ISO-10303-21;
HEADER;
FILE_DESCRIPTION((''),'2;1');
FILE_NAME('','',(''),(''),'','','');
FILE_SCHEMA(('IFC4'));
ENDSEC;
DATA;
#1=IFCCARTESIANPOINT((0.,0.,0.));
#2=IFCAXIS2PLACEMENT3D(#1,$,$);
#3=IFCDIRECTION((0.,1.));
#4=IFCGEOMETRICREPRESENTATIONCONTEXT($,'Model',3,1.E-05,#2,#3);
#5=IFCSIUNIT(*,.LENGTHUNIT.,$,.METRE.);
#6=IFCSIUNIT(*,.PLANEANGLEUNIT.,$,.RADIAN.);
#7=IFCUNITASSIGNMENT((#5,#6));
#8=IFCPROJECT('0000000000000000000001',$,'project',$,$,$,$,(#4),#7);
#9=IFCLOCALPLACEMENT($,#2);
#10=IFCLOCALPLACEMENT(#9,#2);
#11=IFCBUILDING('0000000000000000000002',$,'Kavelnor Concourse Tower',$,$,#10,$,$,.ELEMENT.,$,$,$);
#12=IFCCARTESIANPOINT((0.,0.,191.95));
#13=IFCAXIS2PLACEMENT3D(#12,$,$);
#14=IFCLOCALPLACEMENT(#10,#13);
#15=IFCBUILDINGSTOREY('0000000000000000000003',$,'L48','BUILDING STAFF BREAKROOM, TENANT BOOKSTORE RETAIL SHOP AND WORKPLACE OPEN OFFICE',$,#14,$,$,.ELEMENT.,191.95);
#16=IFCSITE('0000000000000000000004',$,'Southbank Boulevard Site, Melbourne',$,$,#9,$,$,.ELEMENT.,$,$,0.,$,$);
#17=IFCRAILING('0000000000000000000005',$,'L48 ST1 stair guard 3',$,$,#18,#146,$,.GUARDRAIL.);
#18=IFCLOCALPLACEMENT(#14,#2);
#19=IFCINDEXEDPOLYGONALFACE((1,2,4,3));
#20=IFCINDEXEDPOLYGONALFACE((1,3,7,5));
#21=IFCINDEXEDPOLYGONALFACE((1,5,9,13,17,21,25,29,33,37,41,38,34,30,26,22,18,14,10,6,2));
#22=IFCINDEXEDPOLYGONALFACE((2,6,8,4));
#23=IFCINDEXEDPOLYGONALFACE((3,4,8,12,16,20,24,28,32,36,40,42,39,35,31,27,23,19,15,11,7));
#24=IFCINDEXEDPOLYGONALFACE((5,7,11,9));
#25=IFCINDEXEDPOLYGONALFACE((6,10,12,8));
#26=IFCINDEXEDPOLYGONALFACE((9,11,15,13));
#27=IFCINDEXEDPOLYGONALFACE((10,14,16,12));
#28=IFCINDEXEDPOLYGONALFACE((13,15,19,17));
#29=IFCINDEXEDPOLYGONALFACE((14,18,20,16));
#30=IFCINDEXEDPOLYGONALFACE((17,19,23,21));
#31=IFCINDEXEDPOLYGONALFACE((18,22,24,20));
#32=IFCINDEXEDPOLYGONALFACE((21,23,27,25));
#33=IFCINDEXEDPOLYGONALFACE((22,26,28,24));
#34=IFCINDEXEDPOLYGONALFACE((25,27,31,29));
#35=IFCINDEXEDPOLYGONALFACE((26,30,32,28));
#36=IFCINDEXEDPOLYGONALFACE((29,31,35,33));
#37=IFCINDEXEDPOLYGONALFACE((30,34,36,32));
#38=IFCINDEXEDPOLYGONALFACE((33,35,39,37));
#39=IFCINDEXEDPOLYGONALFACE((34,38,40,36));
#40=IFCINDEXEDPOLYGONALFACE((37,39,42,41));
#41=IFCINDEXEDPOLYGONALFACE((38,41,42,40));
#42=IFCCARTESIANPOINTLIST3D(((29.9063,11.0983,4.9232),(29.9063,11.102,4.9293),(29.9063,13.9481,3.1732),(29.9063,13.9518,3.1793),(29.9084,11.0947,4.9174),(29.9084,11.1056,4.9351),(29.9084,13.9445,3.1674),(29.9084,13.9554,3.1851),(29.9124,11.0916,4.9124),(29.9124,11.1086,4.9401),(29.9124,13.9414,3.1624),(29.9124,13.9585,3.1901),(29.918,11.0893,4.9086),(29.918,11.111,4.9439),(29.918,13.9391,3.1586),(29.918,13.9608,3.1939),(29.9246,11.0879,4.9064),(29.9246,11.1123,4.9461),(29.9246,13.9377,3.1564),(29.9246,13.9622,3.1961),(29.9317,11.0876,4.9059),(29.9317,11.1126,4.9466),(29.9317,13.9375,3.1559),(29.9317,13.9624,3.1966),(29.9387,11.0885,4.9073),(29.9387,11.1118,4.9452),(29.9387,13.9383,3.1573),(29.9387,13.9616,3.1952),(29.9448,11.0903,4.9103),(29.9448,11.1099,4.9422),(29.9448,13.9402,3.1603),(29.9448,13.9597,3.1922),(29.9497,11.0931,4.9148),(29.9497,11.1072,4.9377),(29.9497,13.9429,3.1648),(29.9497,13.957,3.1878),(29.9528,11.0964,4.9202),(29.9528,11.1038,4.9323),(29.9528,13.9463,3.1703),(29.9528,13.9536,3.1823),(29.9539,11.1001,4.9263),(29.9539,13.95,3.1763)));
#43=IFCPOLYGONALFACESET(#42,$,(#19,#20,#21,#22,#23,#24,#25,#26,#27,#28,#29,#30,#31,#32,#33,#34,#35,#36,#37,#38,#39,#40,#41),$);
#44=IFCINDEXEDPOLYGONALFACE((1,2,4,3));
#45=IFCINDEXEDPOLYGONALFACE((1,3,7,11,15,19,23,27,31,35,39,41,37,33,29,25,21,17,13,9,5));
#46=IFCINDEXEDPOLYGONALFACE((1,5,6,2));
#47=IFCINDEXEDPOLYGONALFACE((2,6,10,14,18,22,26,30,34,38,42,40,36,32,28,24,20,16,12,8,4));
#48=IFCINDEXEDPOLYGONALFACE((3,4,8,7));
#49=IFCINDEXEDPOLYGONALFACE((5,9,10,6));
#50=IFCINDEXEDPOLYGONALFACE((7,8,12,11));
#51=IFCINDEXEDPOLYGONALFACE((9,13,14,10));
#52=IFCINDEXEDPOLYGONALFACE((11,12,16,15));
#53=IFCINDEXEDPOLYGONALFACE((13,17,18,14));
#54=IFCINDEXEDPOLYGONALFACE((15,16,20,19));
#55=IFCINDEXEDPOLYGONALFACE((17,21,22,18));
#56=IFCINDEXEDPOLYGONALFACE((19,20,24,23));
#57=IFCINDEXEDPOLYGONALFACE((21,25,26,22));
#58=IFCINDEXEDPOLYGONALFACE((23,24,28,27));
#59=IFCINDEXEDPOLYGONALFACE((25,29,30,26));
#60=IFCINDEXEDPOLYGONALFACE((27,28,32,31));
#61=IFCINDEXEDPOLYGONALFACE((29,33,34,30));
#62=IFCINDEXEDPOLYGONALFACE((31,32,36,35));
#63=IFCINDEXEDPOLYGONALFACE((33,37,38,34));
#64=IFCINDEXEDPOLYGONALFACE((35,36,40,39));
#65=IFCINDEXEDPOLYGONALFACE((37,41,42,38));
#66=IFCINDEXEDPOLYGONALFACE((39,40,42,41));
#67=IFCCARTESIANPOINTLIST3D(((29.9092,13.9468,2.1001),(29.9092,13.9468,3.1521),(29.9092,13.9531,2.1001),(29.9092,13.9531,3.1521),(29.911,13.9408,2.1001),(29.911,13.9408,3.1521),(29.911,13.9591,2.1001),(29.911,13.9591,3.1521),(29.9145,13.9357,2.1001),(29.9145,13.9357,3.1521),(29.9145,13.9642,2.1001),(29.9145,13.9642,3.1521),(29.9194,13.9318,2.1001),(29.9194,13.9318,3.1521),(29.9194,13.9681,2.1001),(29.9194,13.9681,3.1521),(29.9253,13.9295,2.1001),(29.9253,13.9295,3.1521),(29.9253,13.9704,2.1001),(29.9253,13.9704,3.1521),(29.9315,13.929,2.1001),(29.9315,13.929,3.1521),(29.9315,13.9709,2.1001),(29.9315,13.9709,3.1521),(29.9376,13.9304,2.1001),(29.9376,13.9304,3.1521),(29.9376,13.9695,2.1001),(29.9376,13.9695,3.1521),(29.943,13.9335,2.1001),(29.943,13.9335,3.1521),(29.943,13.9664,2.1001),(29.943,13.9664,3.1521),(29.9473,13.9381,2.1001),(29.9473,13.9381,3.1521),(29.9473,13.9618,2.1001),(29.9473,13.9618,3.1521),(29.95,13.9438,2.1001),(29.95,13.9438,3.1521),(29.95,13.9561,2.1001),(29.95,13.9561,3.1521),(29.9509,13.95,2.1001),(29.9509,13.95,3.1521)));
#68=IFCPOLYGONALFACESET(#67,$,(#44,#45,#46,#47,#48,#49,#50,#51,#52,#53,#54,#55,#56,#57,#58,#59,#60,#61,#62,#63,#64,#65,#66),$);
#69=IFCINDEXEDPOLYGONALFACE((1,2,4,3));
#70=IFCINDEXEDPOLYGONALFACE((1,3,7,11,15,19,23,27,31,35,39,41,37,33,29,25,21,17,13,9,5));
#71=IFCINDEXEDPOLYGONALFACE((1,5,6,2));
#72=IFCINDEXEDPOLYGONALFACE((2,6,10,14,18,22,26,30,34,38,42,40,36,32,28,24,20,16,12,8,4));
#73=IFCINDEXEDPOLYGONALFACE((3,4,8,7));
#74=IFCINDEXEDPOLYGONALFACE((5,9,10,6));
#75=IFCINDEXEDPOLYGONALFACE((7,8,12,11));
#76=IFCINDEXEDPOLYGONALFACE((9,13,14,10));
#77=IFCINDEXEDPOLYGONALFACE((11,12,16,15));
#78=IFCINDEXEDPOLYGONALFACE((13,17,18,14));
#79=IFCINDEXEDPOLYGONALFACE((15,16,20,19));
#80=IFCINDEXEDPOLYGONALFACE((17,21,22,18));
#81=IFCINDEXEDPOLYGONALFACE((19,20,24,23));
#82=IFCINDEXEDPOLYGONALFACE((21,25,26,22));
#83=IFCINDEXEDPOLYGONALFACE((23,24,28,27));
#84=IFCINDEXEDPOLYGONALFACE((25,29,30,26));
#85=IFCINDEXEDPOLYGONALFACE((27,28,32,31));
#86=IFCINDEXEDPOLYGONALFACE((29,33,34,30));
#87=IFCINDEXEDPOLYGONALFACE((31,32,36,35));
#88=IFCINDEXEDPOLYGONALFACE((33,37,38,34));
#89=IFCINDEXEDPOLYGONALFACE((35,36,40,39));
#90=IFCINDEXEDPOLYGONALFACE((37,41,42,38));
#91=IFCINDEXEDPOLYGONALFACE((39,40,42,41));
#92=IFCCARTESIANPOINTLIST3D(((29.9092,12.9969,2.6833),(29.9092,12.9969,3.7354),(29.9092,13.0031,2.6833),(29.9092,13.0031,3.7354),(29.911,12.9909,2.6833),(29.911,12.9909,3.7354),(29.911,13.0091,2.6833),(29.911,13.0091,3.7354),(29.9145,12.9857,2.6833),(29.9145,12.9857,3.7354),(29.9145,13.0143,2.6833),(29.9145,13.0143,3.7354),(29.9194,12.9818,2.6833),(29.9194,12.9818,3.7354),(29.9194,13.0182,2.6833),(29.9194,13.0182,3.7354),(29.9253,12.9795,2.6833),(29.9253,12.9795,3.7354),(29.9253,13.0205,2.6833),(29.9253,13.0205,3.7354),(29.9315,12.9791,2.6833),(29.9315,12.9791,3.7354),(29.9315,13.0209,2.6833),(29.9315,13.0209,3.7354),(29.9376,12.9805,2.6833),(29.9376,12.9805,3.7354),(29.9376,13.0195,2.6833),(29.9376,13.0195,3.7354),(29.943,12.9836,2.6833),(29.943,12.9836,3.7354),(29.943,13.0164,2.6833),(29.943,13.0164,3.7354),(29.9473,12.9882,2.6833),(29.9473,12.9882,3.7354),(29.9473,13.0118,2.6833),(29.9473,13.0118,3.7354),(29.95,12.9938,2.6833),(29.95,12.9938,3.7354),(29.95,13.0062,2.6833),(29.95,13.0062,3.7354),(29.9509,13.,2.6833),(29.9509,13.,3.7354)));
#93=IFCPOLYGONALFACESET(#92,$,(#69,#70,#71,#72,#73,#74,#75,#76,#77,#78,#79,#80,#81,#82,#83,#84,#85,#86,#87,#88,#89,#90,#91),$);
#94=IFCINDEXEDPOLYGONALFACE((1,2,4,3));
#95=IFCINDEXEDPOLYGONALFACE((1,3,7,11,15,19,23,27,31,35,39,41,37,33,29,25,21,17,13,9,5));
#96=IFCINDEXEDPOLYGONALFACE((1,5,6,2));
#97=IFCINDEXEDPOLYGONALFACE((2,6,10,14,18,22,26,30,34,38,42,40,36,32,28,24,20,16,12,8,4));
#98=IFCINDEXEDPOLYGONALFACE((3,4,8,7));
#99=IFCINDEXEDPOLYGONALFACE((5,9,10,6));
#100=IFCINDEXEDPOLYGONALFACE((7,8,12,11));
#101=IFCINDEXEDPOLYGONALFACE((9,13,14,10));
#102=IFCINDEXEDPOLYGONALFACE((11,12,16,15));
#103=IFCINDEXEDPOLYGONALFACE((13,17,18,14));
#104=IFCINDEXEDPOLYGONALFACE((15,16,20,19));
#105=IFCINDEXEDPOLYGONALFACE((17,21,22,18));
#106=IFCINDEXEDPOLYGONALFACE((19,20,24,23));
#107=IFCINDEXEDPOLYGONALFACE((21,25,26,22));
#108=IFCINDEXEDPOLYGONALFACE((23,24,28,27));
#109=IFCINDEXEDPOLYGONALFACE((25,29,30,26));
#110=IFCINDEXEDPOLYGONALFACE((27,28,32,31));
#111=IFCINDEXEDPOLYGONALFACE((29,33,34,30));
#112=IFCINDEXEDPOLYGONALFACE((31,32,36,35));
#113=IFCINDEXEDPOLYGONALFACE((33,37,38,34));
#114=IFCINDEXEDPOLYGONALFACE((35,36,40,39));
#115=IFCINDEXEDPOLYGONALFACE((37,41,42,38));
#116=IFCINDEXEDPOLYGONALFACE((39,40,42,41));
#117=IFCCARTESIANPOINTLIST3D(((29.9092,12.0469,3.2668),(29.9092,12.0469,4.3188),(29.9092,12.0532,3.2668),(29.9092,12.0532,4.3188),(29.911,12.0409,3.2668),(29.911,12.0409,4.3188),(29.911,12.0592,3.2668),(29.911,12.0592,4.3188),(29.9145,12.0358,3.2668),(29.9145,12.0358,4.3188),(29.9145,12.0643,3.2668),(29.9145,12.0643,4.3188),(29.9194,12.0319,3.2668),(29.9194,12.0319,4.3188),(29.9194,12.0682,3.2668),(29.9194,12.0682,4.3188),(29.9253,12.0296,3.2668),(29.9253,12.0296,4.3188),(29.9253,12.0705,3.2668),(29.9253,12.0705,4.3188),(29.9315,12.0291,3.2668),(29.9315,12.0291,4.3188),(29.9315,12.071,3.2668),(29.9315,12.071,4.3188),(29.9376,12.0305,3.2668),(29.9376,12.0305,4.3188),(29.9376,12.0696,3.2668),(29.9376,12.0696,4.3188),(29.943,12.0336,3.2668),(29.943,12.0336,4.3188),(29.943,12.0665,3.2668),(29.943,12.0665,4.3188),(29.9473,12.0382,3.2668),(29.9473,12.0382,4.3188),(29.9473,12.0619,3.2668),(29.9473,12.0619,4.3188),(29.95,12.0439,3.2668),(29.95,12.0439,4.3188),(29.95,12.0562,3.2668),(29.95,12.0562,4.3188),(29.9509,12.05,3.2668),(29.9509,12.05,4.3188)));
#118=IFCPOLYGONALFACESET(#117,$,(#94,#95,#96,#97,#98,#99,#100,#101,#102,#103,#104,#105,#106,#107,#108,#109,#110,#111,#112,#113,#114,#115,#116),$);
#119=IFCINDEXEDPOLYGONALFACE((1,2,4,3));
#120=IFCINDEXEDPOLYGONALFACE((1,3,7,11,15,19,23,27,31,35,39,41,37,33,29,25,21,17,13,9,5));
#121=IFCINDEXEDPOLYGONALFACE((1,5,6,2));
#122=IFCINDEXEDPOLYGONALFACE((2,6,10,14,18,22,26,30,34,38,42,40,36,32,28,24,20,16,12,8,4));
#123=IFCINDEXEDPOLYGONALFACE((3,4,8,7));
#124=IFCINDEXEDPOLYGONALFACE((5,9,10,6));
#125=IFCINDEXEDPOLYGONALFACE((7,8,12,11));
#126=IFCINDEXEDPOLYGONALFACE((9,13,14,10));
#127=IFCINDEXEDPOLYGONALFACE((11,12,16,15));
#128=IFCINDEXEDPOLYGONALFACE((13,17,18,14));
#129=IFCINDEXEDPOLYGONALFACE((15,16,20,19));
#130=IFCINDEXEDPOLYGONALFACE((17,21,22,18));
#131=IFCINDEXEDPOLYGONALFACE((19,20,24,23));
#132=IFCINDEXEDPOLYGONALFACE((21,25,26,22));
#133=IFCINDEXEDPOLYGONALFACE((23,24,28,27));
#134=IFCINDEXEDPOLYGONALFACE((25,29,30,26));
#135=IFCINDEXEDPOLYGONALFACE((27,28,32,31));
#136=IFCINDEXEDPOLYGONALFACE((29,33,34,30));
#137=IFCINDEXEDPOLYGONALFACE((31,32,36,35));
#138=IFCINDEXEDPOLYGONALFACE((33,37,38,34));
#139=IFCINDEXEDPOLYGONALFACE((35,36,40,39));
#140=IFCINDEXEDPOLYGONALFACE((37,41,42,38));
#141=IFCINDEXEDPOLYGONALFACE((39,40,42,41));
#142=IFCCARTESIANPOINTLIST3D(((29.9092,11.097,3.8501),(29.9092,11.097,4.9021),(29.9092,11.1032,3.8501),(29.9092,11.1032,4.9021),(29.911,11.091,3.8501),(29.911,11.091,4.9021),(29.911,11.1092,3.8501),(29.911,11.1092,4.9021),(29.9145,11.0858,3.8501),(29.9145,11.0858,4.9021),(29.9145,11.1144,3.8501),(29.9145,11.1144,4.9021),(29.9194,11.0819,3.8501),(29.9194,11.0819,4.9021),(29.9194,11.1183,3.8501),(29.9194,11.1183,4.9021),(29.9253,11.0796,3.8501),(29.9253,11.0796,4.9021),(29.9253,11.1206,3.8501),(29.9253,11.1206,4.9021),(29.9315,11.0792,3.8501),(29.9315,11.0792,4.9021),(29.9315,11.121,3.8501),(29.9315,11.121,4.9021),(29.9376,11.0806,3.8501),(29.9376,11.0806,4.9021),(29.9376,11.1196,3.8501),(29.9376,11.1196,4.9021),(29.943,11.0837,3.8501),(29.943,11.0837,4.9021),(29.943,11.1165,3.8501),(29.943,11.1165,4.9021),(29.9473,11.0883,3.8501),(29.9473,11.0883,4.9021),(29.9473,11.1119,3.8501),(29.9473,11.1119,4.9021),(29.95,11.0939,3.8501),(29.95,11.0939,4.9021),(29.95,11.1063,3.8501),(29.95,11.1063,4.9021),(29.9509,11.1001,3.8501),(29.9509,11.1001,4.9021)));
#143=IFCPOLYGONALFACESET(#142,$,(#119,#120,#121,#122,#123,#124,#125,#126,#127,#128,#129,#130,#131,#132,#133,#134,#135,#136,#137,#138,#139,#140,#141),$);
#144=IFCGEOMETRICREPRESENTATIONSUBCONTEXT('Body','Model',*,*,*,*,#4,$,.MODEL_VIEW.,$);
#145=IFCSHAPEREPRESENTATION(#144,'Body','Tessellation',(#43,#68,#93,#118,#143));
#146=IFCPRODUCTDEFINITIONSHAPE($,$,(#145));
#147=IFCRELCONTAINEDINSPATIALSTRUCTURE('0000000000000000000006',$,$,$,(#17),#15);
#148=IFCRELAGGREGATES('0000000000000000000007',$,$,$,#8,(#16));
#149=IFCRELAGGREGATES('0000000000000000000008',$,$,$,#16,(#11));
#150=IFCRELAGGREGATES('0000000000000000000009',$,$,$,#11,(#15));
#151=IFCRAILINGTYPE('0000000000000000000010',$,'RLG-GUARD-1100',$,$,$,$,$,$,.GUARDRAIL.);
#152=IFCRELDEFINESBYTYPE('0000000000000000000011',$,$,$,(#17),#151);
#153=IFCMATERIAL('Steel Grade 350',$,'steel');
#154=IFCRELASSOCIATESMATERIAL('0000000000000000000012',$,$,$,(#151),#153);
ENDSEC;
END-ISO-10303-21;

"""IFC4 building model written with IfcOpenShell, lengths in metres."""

from ifc_helpers import new_model, si_unit, direction, frame, origin, origin_2d, place, context, subcontext, project, spatial, circle, extrude, material, type_object, element, save


model = new_model("IFC4")

# Units and contexts
model_context = context("Model", 3, precision=1e-05, world=origin(), true_north=direction((0.0, 1.0)))
body_context = subcontext(model_context, "Body", "Model", "MODEL_VIEW")
ifc_project = project(units=[si_unit("LENGTHUNIT", "METRE"), si_unit("PLANEANGLEUNIT", "RADIAN")], contexts=[model_context])

# Site, building, storey
site_placement = place(None, origin())
site = spatial("IfcSite", under=ifc_project, at=site_placement, Name="Southbank Boulevard Site, Melbourne", CompositionType="ELEMENT", RefElevation=0.0)
building_placement = place(site_placement, origin())
building = spatial("IfcBuilding", under=site, at=building_placement, Name="Kavelnor Concourse Tower", CompositionType="ELEMENT")
storey_placement = place(building_placement, frame((0.0, 0.0, 191.95)))
storey = spatial("IfcBuildingStorey", under=building, at=storey_placement, Name="L48", Description="BUILDING STAFF BREAKROOM, TENANT BOOKSTORE RETAIL SHOP AND WORKPLACE OPEN OFFICE", CompositionType="ELEMENT", Elevation=191.95)

# Shared definitions
ifc_material_1 = material(Name="Steel Grade 350", Category="steel")

# Railing
railing_type_1 = type_object("IfcRailingType", Name="RLG-GUARD-1100", PredefinedType="GUARDRAIL", material=ifc_material_1)
railing_1_placement = place(storey_placement, frame((29.9299, 13.95, 2.1001)))
element("IfcRailing", 1, at=railing_1_placement, inside=storey, type_object=railing_type_1, Name="L48 ST1 stair guard 3", PredefinedType="GUARDRAIL", context=body_context, shape_type="SweptSolid", body=[
    extrude(circle(Radius=0.0239, at=origin_2d()), frame((0.0, 0.0, 1.0762), z_axis=(0.0, -0.852159, 0.523283), x_axis=(1.0, 0.0, 0.0)), (0.0, 0.0, 1.0), 3.3442),
    extrude(circle(Radius=0.021, at=origin_2d()), origin(), (0.0, 0.0, 1.0), 1.052),
    extrude(circle(Radius=0.021, at=origin_2d()), frame((0.0, -0.95, 0.5833)), (0.0, 0.0, 1.0), 1.052),
    extrude(circle(Radius=0.021, at=origin_2d()), frame((0.0, -1.8999, 1.1667)), (0.0, 0.0, 1.0), 1.052),
    extrude(circle(Radius=0.021, at=origin_2d()), frame((0.0, -2.8499, 1.75)), (0.0, 0.0, 1.0), 1.052),
])

save(model, "model.ifc")
